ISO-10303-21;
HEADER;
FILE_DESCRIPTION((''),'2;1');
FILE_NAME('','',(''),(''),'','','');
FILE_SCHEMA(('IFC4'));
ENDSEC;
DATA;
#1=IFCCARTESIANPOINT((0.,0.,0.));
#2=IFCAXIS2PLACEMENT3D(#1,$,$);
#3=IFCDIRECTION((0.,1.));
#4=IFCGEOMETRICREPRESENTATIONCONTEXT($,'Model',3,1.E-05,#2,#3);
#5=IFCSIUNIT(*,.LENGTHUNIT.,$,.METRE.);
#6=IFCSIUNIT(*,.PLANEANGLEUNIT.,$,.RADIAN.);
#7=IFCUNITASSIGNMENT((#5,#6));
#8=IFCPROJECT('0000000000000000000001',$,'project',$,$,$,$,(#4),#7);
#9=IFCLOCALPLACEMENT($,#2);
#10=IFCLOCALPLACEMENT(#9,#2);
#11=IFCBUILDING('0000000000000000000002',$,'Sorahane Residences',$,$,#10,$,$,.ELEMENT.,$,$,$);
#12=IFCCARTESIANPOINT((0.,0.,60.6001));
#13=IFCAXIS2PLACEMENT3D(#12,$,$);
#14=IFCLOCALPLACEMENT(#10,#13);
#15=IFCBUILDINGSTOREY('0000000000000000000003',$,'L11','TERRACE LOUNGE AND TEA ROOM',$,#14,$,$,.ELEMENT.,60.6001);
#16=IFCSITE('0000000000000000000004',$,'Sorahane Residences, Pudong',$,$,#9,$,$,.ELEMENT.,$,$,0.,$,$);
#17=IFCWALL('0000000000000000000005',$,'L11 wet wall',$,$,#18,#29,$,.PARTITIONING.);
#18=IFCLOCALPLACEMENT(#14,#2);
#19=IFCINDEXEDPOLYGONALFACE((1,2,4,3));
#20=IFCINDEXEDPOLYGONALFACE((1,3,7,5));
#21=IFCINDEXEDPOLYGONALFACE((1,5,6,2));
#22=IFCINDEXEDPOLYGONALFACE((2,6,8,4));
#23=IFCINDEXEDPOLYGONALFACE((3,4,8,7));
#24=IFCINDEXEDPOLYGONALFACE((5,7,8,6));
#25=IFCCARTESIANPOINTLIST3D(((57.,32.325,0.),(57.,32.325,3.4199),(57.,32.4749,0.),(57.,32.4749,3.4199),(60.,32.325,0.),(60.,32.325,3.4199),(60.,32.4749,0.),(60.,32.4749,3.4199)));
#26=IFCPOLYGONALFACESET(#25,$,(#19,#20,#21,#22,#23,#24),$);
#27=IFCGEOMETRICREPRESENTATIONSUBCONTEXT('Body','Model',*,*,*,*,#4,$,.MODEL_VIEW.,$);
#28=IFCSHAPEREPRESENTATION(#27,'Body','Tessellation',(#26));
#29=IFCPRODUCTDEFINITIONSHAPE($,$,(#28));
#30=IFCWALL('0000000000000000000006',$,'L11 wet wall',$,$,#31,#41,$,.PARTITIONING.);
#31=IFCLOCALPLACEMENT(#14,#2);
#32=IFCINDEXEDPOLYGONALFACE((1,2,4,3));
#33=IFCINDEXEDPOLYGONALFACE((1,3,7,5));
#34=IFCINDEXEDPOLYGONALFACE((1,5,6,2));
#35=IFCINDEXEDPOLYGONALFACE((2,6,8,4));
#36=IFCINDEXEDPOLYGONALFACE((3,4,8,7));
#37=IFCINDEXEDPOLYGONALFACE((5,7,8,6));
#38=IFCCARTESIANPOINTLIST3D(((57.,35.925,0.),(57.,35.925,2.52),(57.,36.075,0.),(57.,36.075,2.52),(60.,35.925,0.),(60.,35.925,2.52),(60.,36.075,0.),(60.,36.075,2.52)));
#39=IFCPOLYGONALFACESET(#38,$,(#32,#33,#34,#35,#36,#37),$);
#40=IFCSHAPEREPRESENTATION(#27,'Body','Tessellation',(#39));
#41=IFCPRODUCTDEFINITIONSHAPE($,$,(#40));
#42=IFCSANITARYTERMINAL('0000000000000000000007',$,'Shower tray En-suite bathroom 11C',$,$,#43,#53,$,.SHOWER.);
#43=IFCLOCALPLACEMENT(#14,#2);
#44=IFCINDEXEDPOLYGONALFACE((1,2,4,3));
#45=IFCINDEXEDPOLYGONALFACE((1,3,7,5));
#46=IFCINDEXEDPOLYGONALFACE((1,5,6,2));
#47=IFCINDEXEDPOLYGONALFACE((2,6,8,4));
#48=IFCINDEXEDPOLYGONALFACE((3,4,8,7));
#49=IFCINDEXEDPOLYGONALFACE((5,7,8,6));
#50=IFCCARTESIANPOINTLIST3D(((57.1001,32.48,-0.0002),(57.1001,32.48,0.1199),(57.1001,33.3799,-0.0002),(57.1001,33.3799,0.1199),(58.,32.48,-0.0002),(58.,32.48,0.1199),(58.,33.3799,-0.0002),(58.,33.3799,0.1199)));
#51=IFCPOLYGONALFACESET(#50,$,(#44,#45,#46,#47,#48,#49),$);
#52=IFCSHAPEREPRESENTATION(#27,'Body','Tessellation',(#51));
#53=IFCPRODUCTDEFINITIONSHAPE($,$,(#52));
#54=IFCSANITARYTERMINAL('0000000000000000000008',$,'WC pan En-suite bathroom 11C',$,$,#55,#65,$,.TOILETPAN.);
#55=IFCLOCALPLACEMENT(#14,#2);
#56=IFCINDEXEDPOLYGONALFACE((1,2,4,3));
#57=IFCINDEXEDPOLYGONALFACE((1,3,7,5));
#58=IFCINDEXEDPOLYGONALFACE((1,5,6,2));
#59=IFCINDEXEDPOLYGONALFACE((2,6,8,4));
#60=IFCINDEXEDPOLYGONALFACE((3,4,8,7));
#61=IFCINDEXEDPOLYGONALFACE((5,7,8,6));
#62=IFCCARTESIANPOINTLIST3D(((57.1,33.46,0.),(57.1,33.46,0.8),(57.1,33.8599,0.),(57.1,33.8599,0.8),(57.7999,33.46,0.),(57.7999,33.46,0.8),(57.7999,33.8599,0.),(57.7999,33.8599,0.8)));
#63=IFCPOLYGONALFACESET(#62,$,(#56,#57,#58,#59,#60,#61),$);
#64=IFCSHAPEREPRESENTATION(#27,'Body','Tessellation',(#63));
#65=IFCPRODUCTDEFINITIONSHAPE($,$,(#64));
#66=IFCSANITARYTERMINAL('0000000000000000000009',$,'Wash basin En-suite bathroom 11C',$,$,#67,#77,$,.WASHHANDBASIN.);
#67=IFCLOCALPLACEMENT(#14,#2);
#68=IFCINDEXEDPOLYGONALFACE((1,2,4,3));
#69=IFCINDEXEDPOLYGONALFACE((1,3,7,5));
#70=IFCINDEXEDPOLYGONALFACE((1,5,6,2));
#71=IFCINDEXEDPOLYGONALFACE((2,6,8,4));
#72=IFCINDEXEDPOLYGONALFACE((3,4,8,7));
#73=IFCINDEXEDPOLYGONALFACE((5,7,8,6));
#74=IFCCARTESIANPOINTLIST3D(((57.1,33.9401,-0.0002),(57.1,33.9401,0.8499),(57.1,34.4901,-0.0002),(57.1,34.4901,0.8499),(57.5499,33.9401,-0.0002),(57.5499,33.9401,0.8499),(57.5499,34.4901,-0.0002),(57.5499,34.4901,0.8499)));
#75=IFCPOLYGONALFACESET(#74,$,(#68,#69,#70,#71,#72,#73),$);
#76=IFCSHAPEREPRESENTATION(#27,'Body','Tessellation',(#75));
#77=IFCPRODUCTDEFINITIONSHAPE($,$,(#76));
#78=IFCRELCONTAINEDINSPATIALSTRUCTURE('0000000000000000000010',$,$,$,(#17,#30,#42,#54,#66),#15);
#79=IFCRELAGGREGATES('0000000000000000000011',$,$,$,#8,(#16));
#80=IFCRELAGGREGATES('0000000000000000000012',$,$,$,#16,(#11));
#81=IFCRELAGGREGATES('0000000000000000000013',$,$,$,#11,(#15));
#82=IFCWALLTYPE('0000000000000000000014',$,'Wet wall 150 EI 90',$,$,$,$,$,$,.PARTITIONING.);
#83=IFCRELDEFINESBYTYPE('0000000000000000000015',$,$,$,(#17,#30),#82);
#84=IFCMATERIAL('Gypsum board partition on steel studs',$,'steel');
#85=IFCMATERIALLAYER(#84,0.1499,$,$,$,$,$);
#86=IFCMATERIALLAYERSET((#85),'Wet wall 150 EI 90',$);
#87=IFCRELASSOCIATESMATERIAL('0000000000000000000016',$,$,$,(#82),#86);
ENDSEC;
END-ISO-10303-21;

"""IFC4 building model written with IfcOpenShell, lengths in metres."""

from ifc_helpers import new_model, si_unit, direction, frame, frame_2d, origin, origin_2d, place, context, subcontext, project, spatial, rectangle, extrude, material, layer, layer_set, type_object, element, save


model = new_model("IFC4")

# Units and contexts
model_context = context("Model", 3, precision=1e-05, world=origin(), true_north=direction((0.0, 1.0)))
body_context = subcontext(model_context, "Body", "Model", "MODEL_VIEW")
ifc_project = project(units=[si_unit("LENGTHUNIT", "METRE"), si_unit("PLANEANGLEUNIT", "RADIAN")], contexts=[model_context])

# Site, building, storey
site_placement = place(None, origin())
site = spatial("IfcSite", under=ifc_project, at=site_placement, Name="Sorahane Residences, Pudong", CompositionType="ELEMENT", RefElevation=0.0)
building_placement = place(site_placement, origin())
building = spatial("IfcBuilding", under=site, at=building_placement, Name="Sorahane Residences", CompositionType="ELEMENT")
storey_placement = place(building_placement, frame((0.0, 0.0, 60.6001)))
storey = spatial("IfcBuildingStorey", under=building, at=storey_placement, Name="L11", Description="TERRACE LOUNGE AND TEA ROOM", CompositionType="ELEMENT", Elevation=60.6001)

# Shared definitions
ifc_material_1 = material(Name="Gypsum board partition on steel studs", Category="steel")
ifc_layer_1 = layer(ifc_material_1, 0.1499)
ifc_layer_set_1 = layer_set([ifc_layer_1], Name="Wet wall 150 EI 90")
wall_type_1 = type_object("IfcWallType", Name="Wet wall 150 EI 90", PredefinedType="PARTITIONING", material=ifc_layer_set_1)

# Walls
wall_1_placement = place(storey_placement, frame((57.0, 32.3999, 0.0), z_axis=(0.0, 0.0, 1.0), x_axis=(1.0, 0.0, 0.0)))
element("IfcWall", 1, at=wall_1_placement, inside=storey, type_object=wall_type_1, Name="L11 wet wall", PredefinedType="PARTITIONING", context=body_context, shape_type="SweptSolid", body=[
    extrude(rectangle(XDim=3.0, YDim=0.1499, at=frame_2d((1.5, 0.0))), origin(), (0.0, 0.0, 1.0), 3.4199),
])
wall_2_placement = place(storey_placement, frame((57.0, 36.0, 0.0), z_axis=(0.0, 0.0, 1.0), x_axis=(1.0, 0.0, 0.0)))
element("IfcWall", 2, at=wall_2_placement, inside=storey, type_object=wall_type_1, Name="L11 wet wall", PredefinedType="PARTITIONING", context=body_context, shape_type="SweptSolid", body=[
    extrude(rectangle(XDim=3.0, YDim=0.1499, at=frame_2d((1.5, 0.0))), origin(), (0.0, 0.0, 1.0), 2.52),
])

# Sanitary terminals
sanitary_terminal_1_placement = place(storey_placement, frame((57.55, 32.9299, -0.0002), z_axis=(0.0, 0.0, 1.0), x_axis=(0.0, 1.0, 0.0)))
element("IfcSanitaryTerminal", 3, at=sanitary_terminal_1_placement, inside=storey, Name="Shower tray En-suite bathroom 11C", PredefinedType="SHOWER", context=body_context, shape_type="SweptSolid", body=[
    extrude(rectangle(XDim=0.8999, YDim=0.8999, at=origin_2d()), origin(), (0.0, 0.0, 1.0), 0.1201),
])
sanitary_terminal_2_placement = place(storey_placement, frame((57.45, 33.6599, 0.0), z_axis=(0.0, 0.0, 1.0), x_axis=(0.0, 1.0, 0.0)))
element("IfcSanitaryTerminal", 4, at=sanitary_terminal_2_placement, inside=storey, Name="WC pan En-suite bathroom 11C", PredefinedType="TOILETPAN", context=body_context, shape_type="SweptSolid", body=[
    extrude(rectangle(XDim=0.3999, YDim=0.7, at=origin_2d()), origin(), (0.0, 0.0, 1.0), 0.8),
])
sanitary_terminal_3_placement = place(storey_placement, frame((57.325, 34.2151, -0.0002), z_axis=(0.0, 0.0, 1.0), x_axis=(0.0, 1.0, 0.0)))
element("IfcSanitaryTerminal", 5, at=sanitary_terminal_3_placement, inside=storey, Name="Wash basin En-suite bathroom 11C", PredefinedType="WASHHANDBASIN", context=body_context, shape_type="SweptSolid", body=[
    extrude(rectangle(XDim=0.55, YDim=0.45, at=origin_2d()), origin(), (0.0, 0.0, 1.0), 0.8501),
])

save(model, "model.ifc")
